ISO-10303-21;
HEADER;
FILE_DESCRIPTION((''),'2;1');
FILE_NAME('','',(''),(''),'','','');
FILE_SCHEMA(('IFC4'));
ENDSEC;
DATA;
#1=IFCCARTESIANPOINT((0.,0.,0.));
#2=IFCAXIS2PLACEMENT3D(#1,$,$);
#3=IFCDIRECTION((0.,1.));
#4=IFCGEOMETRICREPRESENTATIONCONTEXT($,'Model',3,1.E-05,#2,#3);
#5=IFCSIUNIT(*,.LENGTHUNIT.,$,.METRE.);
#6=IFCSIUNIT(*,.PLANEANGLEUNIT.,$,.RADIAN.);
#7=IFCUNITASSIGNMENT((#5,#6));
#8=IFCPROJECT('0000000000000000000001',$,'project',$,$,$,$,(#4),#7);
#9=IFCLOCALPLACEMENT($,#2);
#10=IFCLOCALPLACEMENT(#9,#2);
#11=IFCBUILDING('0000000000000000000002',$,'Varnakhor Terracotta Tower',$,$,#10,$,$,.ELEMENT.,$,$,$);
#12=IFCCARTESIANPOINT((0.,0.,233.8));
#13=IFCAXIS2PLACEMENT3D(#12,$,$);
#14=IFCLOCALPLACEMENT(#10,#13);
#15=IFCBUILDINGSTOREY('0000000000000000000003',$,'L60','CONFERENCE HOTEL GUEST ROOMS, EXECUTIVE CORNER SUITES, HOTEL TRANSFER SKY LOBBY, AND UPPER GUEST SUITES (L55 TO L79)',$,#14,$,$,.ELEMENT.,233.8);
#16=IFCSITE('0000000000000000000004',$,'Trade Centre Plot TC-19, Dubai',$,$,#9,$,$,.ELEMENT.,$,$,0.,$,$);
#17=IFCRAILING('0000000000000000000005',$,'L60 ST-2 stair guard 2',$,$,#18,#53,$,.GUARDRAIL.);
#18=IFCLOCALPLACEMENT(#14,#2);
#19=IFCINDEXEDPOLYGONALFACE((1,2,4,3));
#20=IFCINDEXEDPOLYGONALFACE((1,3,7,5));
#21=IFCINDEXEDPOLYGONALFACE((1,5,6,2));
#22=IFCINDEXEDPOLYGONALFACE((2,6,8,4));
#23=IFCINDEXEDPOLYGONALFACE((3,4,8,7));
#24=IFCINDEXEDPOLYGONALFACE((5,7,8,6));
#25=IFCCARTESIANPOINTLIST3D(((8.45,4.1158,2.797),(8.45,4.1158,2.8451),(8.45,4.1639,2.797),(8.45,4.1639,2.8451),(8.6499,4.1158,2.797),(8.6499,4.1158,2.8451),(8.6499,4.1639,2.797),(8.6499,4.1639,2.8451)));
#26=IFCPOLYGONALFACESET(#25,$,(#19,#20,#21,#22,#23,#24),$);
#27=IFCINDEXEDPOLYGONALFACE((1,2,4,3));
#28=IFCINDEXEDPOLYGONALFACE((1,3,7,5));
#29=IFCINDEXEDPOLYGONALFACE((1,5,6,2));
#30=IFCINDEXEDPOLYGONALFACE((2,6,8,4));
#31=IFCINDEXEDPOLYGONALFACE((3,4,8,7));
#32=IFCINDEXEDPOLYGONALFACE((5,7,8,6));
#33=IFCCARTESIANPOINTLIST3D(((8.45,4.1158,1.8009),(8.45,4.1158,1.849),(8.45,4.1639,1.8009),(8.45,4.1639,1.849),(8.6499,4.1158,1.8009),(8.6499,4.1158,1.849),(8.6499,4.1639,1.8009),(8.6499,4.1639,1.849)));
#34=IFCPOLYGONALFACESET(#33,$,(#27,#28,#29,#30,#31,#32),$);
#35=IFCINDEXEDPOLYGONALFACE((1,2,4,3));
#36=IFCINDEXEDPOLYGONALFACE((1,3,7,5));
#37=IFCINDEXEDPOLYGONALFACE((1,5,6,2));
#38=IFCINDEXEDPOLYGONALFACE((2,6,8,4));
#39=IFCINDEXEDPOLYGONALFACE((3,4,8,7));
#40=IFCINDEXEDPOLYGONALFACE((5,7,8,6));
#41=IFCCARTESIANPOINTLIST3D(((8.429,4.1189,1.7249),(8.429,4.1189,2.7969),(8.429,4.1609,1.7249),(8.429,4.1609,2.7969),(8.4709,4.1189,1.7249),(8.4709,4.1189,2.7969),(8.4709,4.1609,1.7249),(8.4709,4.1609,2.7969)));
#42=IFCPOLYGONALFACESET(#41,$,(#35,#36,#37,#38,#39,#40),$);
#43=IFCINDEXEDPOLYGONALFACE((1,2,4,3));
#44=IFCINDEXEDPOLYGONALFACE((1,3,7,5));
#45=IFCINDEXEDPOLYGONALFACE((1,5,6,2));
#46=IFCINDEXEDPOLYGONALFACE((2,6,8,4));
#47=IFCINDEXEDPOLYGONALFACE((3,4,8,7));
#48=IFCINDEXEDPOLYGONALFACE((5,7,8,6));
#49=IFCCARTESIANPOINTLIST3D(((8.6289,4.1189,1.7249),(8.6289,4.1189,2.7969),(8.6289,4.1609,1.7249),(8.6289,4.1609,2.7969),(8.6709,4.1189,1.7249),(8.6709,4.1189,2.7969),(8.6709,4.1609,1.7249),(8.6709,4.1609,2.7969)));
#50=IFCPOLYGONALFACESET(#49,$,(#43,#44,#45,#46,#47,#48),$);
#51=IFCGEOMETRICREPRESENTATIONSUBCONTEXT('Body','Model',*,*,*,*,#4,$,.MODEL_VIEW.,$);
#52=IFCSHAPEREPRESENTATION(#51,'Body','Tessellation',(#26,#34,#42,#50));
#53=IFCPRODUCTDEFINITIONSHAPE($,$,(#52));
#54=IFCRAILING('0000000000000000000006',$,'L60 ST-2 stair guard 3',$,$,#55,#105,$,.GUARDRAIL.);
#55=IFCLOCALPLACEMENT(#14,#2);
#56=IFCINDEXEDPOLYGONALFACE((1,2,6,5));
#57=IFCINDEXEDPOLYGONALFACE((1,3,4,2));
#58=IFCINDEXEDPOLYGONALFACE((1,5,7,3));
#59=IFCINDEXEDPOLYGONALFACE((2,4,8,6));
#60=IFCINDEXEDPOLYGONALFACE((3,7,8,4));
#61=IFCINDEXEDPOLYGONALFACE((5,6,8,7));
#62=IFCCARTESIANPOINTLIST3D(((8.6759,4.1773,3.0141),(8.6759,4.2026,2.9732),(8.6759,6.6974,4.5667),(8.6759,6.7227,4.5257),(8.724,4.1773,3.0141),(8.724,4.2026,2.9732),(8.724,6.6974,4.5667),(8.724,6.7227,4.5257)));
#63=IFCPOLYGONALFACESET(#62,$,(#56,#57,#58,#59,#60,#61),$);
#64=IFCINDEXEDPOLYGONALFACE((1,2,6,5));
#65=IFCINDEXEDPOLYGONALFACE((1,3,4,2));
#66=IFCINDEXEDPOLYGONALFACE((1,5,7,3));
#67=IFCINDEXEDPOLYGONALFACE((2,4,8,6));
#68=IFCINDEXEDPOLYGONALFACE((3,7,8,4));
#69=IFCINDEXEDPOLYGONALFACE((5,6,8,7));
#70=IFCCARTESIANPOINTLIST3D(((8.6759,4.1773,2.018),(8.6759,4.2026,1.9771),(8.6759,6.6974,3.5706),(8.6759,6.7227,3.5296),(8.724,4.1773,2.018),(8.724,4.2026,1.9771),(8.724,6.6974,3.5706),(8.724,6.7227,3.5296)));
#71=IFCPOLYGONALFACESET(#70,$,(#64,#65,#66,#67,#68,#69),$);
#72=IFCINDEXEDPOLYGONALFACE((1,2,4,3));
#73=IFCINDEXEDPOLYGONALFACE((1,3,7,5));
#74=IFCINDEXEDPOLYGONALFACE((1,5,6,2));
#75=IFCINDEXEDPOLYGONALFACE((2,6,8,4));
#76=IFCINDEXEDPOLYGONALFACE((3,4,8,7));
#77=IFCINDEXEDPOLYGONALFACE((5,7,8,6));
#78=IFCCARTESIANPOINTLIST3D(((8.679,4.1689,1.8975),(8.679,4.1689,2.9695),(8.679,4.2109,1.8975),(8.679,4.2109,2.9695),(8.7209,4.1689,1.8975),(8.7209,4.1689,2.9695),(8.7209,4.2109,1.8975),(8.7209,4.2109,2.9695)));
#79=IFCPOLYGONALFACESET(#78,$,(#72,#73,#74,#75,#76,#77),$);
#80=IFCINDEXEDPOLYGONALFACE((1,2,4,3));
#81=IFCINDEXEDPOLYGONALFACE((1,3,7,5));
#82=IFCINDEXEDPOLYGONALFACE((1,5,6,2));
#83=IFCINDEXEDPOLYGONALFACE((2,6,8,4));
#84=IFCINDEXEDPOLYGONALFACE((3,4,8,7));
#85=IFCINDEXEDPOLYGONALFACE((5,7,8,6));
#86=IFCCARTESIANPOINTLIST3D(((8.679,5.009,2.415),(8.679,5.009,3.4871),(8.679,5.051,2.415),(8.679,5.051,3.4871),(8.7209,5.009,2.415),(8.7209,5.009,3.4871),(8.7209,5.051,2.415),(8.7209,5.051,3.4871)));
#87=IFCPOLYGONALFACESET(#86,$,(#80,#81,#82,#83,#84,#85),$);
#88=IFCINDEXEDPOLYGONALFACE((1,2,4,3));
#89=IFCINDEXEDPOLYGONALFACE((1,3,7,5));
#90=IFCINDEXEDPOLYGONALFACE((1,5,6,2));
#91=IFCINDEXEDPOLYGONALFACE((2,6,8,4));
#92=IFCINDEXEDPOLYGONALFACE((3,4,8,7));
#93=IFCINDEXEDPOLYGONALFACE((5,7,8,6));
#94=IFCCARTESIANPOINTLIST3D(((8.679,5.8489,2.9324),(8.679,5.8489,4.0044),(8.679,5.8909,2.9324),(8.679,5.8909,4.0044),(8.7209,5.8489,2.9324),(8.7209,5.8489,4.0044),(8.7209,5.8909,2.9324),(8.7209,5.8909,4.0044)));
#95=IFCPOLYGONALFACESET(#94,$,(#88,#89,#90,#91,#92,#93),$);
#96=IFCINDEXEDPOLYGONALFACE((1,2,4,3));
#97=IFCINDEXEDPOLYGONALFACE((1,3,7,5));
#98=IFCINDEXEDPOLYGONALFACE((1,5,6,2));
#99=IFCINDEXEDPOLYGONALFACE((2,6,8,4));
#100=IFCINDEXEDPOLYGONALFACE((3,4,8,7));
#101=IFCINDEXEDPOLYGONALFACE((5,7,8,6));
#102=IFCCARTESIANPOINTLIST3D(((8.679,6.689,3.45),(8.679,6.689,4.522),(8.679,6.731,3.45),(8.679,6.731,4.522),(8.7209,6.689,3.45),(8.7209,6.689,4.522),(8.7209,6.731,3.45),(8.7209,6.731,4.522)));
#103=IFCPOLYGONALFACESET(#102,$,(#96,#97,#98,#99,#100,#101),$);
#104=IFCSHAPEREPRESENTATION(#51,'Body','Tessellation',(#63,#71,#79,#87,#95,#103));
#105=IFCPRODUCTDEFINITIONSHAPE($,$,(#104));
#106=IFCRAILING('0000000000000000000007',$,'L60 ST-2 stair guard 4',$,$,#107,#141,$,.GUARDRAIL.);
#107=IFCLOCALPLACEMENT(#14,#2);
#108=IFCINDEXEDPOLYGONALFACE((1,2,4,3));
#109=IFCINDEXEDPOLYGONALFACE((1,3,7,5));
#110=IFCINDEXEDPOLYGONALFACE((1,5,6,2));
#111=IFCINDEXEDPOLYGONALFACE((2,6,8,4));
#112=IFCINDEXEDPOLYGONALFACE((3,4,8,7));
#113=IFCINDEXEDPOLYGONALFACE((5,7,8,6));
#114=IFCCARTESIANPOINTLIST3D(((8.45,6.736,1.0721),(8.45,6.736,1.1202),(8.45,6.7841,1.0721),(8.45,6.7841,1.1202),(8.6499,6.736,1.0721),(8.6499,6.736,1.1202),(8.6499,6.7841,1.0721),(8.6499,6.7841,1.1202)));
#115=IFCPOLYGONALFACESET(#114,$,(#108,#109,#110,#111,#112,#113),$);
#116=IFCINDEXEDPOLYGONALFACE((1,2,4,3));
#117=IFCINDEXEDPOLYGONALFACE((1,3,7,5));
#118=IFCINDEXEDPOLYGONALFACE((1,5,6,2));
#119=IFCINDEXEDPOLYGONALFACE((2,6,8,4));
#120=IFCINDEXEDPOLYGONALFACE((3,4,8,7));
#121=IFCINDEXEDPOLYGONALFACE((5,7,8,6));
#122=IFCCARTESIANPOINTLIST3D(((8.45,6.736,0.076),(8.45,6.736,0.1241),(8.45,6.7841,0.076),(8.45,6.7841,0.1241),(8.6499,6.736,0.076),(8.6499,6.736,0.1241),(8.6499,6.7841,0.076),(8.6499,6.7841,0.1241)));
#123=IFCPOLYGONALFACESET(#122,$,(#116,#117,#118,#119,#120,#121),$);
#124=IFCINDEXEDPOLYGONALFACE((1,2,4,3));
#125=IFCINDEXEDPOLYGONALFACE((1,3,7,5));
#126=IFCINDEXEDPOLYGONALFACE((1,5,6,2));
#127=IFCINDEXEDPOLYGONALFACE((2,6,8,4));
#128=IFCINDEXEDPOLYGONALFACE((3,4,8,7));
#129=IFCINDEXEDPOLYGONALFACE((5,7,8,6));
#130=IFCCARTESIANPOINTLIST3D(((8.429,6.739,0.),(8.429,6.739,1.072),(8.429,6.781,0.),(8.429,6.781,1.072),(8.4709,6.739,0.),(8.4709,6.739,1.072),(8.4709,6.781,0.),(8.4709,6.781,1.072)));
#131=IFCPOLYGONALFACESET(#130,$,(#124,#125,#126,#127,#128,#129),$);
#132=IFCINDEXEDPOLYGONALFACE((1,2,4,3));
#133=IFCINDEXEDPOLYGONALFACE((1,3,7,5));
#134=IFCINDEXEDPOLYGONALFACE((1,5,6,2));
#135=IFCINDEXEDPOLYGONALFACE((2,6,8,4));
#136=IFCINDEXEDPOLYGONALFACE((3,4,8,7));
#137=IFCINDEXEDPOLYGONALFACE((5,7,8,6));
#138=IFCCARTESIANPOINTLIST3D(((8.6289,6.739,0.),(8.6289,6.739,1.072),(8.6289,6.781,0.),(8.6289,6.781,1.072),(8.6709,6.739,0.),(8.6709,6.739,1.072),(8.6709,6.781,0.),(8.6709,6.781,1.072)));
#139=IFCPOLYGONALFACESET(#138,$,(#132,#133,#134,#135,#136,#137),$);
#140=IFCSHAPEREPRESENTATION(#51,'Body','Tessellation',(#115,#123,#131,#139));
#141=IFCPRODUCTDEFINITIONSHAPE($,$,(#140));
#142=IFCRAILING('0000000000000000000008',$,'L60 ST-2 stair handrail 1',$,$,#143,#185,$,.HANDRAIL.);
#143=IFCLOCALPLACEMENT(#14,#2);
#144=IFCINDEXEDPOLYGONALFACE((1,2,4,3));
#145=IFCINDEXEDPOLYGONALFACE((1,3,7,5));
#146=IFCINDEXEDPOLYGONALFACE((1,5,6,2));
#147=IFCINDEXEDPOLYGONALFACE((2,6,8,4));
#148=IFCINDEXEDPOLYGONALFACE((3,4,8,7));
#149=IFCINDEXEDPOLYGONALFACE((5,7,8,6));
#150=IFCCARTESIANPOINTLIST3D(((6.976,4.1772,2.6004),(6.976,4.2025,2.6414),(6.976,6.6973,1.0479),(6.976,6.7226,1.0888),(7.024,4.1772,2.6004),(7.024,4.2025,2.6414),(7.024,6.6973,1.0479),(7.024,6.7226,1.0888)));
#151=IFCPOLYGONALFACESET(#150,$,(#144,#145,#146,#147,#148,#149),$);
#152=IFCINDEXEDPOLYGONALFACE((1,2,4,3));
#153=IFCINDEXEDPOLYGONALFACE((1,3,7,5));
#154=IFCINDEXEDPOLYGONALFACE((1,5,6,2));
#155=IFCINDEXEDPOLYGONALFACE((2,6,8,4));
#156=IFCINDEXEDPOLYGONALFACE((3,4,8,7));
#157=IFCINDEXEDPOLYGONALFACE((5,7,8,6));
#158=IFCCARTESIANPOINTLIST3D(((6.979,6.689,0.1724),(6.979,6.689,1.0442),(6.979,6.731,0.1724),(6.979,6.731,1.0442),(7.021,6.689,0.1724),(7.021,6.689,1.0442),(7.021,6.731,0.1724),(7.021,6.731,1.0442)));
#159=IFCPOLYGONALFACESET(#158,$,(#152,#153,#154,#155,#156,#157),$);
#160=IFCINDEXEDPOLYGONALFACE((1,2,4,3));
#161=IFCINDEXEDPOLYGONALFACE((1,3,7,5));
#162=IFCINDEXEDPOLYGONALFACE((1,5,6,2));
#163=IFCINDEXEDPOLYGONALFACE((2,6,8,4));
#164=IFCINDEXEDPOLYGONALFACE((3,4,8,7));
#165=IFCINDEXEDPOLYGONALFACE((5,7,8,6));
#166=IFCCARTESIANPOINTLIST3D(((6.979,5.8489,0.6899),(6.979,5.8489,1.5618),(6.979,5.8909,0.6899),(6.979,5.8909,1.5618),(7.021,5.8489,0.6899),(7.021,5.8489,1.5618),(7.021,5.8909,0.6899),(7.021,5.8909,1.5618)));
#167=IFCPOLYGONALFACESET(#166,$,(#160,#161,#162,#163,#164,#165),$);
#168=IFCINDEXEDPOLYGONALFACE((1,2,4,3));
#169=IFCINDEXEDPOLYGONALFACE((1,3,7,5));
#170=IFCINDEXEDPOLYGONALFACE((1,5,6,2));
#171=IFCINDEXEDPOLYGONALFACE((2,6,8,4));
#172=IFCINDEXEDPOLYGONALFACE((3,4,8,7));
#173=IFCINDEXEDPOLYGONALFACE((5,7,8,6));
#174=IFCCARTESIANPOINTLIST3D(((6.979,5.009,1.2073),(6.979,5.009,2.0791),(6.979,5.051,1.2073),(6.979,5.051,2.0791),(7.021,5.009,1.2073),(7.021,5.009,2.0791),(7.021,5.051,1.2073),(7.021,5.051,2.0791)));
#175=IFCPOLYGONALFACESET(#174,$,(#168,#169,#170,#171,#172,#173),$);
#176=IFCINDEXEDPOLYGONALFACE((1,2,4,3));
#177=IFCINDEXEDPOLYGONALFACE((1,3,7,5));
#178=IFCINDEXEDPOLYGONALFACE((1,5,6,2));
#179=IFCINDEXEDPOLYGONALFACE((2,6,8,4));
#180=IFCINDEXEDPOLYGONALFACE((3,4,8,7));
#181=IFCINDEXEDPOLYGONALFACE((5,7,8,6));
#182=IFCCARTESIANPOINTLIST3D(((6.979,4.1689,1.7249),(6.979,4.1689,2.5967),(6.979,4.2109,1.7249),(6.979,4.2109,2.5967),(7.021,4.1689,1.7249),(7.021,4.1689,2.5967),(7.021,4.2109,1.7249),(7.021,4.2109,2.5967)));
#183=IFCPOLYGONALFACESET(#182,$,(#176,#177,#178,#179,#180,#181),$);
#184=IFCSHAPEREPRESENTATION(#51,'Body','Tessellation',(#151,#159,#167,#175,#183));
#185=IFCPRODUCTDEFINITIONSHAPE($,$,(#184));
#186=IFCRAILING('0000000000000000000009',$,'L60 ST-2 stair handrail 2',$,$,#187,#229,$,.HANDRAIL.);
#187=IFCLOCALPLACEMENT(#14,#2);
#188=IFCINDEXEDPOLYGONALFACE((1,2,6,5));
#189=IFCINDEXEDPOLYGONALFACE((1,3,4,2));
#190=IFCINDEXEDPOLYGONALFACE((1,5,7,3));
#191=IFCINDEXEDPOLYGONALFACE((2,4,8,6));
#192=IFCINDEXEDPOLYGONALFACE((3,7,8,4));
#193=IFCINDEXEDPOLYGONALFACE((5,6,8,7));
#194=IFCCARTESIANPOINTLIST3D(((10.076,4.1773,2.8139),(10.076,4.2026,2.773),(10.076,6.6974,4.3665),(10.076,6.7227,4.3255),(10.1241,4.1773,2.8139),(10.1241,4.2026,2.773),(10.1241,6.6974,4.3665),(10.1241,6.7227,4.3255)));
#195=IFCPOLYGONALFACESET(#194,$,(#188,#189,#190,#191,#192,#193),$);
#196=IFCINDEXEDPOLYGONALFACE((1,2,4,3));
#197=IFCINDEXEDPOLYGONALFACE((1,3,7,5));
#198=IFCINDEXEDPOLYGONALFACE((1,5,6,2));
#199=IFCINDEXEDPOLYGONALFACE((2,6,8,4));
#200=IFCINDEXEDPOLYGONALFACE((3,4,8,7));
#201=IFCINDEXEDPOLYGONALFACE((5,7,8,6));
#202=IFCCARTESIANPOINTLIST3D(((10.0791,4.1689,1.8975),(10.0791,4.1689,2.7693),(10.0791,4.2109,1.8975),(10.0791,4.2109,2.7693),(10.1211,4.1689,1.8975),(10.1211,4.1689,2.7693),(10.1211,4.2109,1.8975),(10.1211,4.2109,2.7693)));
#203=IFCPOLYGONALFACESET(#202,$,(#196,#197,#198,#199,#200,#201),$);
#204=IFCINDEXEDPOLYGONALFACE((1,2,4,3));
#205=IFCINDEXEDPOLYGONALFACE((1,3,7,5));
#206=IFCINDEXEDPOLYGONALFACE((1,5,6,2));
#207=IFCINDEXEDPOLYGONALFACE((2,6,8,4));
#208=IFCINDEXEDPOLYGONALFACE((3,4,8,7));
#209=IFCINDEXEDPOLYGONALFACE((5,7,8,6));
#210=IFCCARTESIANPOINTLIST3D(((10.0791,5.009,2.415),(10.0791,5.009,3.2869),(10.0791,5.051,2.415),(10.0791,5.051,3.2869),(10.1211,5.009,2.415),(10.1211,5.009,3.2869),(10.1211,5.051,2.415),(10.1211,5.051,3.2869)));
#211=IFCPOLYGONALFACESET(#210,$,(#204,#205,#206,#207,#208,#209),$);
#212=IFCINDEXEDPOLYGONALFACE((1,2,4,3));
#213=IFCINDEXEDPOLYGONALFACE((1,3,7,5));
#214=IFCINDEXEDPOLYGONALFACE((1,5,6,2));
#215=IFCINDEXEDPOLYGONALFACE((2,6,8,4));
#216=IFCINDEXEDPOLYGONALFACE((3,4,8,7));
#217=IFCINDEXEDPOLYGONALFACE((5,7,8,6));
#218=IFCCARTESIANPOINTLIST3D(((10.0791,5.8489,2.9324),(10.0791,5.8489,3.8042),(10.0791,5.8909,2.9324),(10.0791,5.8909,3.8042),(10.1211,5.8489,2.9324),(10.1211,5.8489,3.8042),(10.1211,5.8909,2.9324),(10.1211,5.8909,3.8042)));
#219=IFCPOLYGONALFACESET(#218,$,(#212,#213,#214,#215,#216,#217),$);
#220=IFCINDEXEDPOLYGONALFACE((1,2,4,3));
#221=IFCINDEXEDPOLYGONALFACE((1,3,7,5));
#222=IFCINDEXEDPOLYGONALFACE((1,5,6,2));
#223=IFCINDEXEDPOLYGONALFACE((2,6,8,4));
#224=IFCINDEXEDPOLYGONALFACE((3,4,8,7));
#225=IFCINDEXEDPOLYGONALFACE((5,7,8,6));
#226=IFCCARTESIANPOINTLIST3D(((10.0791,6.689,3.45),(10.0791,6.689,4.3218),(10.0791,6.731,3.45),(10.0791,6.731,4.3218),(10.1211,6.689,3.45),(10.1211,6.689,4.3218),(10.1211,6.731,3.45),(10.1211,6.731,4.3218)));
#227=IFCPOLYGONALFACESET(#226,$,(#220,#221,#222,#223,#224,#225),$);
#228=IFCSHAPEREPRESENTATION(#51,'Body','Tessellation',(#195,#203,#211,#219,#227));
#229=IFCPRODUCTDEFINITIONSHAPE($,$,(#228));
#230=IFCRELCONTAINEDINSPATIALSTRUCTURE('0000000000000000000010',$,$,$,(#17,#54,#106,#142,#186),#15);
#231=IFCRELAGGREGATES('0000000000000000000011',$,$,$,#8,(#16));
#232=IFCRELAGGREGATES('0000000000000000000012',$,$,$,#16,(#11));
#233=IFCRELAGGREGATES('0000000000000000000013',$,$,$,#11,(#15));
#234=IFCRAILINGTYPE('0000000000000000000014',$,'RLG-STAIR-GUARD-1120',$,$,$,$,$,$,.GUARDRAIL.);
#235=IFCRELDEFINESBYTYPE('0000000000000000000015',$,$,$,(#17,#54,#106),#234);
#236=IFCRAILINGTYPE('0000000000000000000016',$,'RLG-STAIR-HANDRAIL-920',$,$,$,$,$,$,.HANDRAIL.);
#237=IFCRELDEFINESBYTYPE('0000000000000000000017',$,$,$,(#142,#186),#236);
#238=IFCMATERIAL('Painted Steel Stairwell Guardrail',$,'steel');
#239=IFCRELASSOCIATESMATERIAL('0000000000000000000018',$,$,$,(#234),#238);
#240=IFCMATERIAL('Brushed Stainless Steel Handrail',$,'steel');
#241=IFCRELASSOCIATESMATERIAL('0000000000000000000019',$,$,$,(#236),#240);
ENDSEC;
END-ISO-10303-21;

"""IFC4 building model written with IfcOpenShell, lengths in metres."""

from ifc_helpers import new_model, si_unit, direction, frame, origin, origin_2d, place, context, subcontext, project, spatial, rectangle, extrude, material, type_object, element, save


model = new_model("IFC4")

# Units and contexts
model_context = context("Model", 3, precision=1e-05, world=origin(), true_north=direction((0.0, 1.0)))
body_context = subcontext(model_context, "Body", "Model", "MODEL_VIEW")
ifc_project = project(units=[si_unit("LENGTHUNIT", "METRE"), si_unit("PLANEANGLEUNIT", "RADIAN")], contexts=[model_context])

# Site, building, storey
site_placement = place(None, origin())
site = spatial("IfcSite", under=ifc_project, at=site_placement, Name="Trade Centre Plot TC-19, Dubai", CompositionType="ELEMENT", RefElevation=0.0)
building_placement = place(site_placement, origin())
building = spatial("IfcBuilding", under=site, at=building_placement, Name="Varnakhor Terracotta Tower", CompositionType="ELEMENT")
storey_placement = place(building_placement, frame((0.0, 0.0, 233.8)))
storey = spatial("IfcBuildingStorey", under=building, at=storey_placement, Name="L60", Description="CONFERENCE HOTEL GUEST ROOMS, EXECUTIVE CORNER SUITES, HOTEL TRANSFER SKY LOBBY, AND UPPER GUEST SUITES (L55 TO L79)", CompositionType="ELEMENT", Elevation=233.8)

# Railings
ifc_material_1 = material(Name="Painted Steel Stairwell Guardrail", Category="steel")
railing_type_1 = type_object("IfcRailingType", Name="RLG-STAIR-GUARD-1120", PredefinedType="GUARDRAIL", material=ifc_material_1)
railing_1_placement = place(storey_placement, frame((8.45, 4.1399, 1.7249)))
element("IfcRailing", 1, at=railing_1_placement, inside=storey, type_object=railing_type_1, Name="L60 ST-2 stair guard 2", PredefinedType="GUARDRAIL", context=body_context, shape_type="SweptSolid", body=[
    extrude(rectangle(XDim=0.0481, YDim=0.0481, at=origin_2d()), frame((0.0, 0.0, 1.0962), z_axis=(1.0, 0.0, 0.0), x_axis=(0.0, 1.0, 0.0)), (0.0, 0.0, 1.0), 0.2),
    extrude(rectangle(XDim=0.0481, YDim=0.0481, at=origin_2d()), frame((0.0, 0.0, 0.1001), z_axis=(1.0, 0.0, 0.0), x_axis=(0.0, 1.0, 0.0)), (0.0, 0.0, 1.0), 0.2),
    extrude(rectangle(XDim=0.042, YDim=0.042, at=origin_2d()), origin(), (0.0, 0.0, 1.0), 1.072),
    extrude(rectangle(XDim=0.042, YDim=0.042, at=origin_2d()), frame((0.2, 0.0, 0.0)), (0.0, 0.0, 1.0), 1.072),
])
railing_2_placement = place(storey_placement, frame((8.7, 4.1899, 1.8975)))
element("IfcRailing", 2, at=railing_2_placement, inside=storey, type_object=railing_type_1, Name="L60 ST-2 stair guard 3", PredefinedType="GUARDRAIL", context=body_context, shape_type="SweptSolid", body=[
    extrude(rectangle(XDim=0.0481, YDim=0.0481, at=origin_2d()), frame((0.0, 0.0, 1.0962), z_axis=(0.0, 0.8514, 0.524516), x_axis=(-1.0, 0.0, 0.0)), (0.0, 0.0, 1.0), 2.96),
    extrude(rectangle(XDim=0.0481, YDim=0.0481, at=origin_2d()), frame((0.0, 0.0, 0.1001), z_axis=(0.0, 0.8514, 0.524516), x_axis=(-1.0, 0.0, 0.0)), (0.0, 0.0, 1.0), 2.96),
    extrude(rectangle(XDim=0.042, YDim=0.042, at=origin_2d()), origin(), (0.0, 0.0, 1.0), 1.072),
    extrude(rectangle(XDim=0.042, YDim=0.042, at=origin_2d()), frame((0.0, 0.8401, 0.5176)), (0.0, 0.0, 1.0), 1.072),
    extrude(rectangle(XDim=0.042, YDim=0.042, at=origin_2d()), frame((0.0, 1.6799, 1.0349)), (0.0, 0.0, 1.0), 1.072),
    extrude(rectangle(XDim=0.042, YDim=0.042, at=origin_2d()), frame((0.0, 2.52, 1.5525)), (0.0, 0.0, 1.0), 1.072),
])
railing_3_placement = place(storey_placement, frame((8.45, 6.76, 0.0)))
element("IfcRailing", 3, at=railing_3_placement, inside=storey, type_object=railing_type_1, Name="L60 ST-2 stair guard 4", PredefinedType="GUARDRAIL", context=body_context, shape_type="SweptSolid", body=[
    extrude(rectangle(XDim=0.0481, YDim=0.0481, at=origin_2d()), frame((0.0, 0.0, 1.0962), z_axis=(1.0, 0.0, 0.0), x_axis=(0.0, 1.0, 0.0)), (0.0, 0.0, 1.0), 0.2),
    extrude(rectangle(XDim=0.0481, YDim=0.0481, at=origin_2d()), frame((0.0, 0.0, 0.1001), z_axis=(1.0, 0.0, 0.0), x_axis=(0.0, 1.0, 0.0)), (0.0, 0.0, 1.0), 0.2),
    extrude(rectangle(XDim=0.042, YDim=0.042, at=origin_2d()), origin(), (0.0, 0.0, 1.0), 1.072),
    extrude(rectangle(XDim=0.042, YDim=0.042, at=origin_2d()), frame((0.2, 0.0, 0.0)), (0.0, 0.0, 1.0), 1.072),
])
ifc_material_2 = material(Name="Brushed Stainless Steel Handrail", Category="steel")
railing_type_2 = type_object("IfcRailingType", Name="RLG-STAIR-HANDRAIL-920", PredefinedType="HANDRAIL", material=ifc_material_2)
railing_4_placement = place(storey_placement, frame((7.0, 6.71, 0.1724)))
element("IfcRailing", 4, at=railing_4_placement, inside=storey, type_object=railing_type_2, Name="L60 ST-2 stair handrail 1", PredefinedType="HANDRAIL", context=body_context, shape_type="SweptSolid", body=[
    extrude(rectangle(XDim=0.0481, YDim=0.0481, at=origin_2d()), frame((0.0, 0.0, 0.896), z_axis=(0.0, -0.8514, 0.524516), x_axis=(1.0, 0.0, 0.0)), (0.0, 0.0, 1.0), 2.96),
    extrude(rectangle(XDim=0.042, YDim=0.042, at=origin_2d()), origin(), (0.0, 0.0, 1.0), 0.8718),
    extrude(rectangle(XDim=0.042, YDim=0.042, at=origin_2d()), frame((0.0, -0.8401, 0.5176)), (0.0, 0.0, 1.0), 0.8718),
    extrude(rectangle(XDim=0.042, YDim=0.042, at=origin_2d()), frame((0.0, -1.6799, 1.0349)), (0.0, 0.0, 1.0), 0.8718),
    extrude(rectangle(XDim=0.042, YDim=0.042, at=origin_2d()), frame((0.0, -2.52, 1.5525)), (0.0, 0.0, 1.0), 0.8718),
])
railing_5_placement = place(storey_placement, frame((10.1001, 4.1899, 1.8975)))
element("IfcRailing", 5, at=railing_5_placement, inside=storey, type_object=railing_type_2, Name="L60 ST-2 stair handrail 2", PredefinedType="HANDRAIL", context=body_context, shape_type="SweptSolid", body=[
    extrude(rectangle(XDim=0.0481, YDim=0.0481, at=origin_2d()), frame((0.0, 0.0, 0.896), z_axis=(0.0, 0.8514, 0.524516), x_axis=(-1.0, 0.0, 0.0)), (0.0, 0.0, 1.0), 2.96),
    extrude(rectangle(XDim=0.042, YDim=0.042, at=origin_2d()), origin(), (0.0, 0.0, 1.0), 0.8718),
    extrude(rectangle(XDim=0.042, YDim=0.042, at=origin_2d()), frame((0.0, 0.8401, 0.5176)), (0.0, 0.0, 1.0), 0.8718),
    extrude(rectangle(XDim=0.042, YDim=0.042, at=origin_2d()), frame((0.0, 1.6799, 1.0349)), (0.0, 0.0, 1.0), 0.8718),
    extrude(rectangle(XDim=0.042, YDim=0.042, at=origin_2d()), frame((0.0, 2.52, 1.5525)), (0.0, 0.0, 1.0), 0.8718),
])

save(model, "model.ifc")
